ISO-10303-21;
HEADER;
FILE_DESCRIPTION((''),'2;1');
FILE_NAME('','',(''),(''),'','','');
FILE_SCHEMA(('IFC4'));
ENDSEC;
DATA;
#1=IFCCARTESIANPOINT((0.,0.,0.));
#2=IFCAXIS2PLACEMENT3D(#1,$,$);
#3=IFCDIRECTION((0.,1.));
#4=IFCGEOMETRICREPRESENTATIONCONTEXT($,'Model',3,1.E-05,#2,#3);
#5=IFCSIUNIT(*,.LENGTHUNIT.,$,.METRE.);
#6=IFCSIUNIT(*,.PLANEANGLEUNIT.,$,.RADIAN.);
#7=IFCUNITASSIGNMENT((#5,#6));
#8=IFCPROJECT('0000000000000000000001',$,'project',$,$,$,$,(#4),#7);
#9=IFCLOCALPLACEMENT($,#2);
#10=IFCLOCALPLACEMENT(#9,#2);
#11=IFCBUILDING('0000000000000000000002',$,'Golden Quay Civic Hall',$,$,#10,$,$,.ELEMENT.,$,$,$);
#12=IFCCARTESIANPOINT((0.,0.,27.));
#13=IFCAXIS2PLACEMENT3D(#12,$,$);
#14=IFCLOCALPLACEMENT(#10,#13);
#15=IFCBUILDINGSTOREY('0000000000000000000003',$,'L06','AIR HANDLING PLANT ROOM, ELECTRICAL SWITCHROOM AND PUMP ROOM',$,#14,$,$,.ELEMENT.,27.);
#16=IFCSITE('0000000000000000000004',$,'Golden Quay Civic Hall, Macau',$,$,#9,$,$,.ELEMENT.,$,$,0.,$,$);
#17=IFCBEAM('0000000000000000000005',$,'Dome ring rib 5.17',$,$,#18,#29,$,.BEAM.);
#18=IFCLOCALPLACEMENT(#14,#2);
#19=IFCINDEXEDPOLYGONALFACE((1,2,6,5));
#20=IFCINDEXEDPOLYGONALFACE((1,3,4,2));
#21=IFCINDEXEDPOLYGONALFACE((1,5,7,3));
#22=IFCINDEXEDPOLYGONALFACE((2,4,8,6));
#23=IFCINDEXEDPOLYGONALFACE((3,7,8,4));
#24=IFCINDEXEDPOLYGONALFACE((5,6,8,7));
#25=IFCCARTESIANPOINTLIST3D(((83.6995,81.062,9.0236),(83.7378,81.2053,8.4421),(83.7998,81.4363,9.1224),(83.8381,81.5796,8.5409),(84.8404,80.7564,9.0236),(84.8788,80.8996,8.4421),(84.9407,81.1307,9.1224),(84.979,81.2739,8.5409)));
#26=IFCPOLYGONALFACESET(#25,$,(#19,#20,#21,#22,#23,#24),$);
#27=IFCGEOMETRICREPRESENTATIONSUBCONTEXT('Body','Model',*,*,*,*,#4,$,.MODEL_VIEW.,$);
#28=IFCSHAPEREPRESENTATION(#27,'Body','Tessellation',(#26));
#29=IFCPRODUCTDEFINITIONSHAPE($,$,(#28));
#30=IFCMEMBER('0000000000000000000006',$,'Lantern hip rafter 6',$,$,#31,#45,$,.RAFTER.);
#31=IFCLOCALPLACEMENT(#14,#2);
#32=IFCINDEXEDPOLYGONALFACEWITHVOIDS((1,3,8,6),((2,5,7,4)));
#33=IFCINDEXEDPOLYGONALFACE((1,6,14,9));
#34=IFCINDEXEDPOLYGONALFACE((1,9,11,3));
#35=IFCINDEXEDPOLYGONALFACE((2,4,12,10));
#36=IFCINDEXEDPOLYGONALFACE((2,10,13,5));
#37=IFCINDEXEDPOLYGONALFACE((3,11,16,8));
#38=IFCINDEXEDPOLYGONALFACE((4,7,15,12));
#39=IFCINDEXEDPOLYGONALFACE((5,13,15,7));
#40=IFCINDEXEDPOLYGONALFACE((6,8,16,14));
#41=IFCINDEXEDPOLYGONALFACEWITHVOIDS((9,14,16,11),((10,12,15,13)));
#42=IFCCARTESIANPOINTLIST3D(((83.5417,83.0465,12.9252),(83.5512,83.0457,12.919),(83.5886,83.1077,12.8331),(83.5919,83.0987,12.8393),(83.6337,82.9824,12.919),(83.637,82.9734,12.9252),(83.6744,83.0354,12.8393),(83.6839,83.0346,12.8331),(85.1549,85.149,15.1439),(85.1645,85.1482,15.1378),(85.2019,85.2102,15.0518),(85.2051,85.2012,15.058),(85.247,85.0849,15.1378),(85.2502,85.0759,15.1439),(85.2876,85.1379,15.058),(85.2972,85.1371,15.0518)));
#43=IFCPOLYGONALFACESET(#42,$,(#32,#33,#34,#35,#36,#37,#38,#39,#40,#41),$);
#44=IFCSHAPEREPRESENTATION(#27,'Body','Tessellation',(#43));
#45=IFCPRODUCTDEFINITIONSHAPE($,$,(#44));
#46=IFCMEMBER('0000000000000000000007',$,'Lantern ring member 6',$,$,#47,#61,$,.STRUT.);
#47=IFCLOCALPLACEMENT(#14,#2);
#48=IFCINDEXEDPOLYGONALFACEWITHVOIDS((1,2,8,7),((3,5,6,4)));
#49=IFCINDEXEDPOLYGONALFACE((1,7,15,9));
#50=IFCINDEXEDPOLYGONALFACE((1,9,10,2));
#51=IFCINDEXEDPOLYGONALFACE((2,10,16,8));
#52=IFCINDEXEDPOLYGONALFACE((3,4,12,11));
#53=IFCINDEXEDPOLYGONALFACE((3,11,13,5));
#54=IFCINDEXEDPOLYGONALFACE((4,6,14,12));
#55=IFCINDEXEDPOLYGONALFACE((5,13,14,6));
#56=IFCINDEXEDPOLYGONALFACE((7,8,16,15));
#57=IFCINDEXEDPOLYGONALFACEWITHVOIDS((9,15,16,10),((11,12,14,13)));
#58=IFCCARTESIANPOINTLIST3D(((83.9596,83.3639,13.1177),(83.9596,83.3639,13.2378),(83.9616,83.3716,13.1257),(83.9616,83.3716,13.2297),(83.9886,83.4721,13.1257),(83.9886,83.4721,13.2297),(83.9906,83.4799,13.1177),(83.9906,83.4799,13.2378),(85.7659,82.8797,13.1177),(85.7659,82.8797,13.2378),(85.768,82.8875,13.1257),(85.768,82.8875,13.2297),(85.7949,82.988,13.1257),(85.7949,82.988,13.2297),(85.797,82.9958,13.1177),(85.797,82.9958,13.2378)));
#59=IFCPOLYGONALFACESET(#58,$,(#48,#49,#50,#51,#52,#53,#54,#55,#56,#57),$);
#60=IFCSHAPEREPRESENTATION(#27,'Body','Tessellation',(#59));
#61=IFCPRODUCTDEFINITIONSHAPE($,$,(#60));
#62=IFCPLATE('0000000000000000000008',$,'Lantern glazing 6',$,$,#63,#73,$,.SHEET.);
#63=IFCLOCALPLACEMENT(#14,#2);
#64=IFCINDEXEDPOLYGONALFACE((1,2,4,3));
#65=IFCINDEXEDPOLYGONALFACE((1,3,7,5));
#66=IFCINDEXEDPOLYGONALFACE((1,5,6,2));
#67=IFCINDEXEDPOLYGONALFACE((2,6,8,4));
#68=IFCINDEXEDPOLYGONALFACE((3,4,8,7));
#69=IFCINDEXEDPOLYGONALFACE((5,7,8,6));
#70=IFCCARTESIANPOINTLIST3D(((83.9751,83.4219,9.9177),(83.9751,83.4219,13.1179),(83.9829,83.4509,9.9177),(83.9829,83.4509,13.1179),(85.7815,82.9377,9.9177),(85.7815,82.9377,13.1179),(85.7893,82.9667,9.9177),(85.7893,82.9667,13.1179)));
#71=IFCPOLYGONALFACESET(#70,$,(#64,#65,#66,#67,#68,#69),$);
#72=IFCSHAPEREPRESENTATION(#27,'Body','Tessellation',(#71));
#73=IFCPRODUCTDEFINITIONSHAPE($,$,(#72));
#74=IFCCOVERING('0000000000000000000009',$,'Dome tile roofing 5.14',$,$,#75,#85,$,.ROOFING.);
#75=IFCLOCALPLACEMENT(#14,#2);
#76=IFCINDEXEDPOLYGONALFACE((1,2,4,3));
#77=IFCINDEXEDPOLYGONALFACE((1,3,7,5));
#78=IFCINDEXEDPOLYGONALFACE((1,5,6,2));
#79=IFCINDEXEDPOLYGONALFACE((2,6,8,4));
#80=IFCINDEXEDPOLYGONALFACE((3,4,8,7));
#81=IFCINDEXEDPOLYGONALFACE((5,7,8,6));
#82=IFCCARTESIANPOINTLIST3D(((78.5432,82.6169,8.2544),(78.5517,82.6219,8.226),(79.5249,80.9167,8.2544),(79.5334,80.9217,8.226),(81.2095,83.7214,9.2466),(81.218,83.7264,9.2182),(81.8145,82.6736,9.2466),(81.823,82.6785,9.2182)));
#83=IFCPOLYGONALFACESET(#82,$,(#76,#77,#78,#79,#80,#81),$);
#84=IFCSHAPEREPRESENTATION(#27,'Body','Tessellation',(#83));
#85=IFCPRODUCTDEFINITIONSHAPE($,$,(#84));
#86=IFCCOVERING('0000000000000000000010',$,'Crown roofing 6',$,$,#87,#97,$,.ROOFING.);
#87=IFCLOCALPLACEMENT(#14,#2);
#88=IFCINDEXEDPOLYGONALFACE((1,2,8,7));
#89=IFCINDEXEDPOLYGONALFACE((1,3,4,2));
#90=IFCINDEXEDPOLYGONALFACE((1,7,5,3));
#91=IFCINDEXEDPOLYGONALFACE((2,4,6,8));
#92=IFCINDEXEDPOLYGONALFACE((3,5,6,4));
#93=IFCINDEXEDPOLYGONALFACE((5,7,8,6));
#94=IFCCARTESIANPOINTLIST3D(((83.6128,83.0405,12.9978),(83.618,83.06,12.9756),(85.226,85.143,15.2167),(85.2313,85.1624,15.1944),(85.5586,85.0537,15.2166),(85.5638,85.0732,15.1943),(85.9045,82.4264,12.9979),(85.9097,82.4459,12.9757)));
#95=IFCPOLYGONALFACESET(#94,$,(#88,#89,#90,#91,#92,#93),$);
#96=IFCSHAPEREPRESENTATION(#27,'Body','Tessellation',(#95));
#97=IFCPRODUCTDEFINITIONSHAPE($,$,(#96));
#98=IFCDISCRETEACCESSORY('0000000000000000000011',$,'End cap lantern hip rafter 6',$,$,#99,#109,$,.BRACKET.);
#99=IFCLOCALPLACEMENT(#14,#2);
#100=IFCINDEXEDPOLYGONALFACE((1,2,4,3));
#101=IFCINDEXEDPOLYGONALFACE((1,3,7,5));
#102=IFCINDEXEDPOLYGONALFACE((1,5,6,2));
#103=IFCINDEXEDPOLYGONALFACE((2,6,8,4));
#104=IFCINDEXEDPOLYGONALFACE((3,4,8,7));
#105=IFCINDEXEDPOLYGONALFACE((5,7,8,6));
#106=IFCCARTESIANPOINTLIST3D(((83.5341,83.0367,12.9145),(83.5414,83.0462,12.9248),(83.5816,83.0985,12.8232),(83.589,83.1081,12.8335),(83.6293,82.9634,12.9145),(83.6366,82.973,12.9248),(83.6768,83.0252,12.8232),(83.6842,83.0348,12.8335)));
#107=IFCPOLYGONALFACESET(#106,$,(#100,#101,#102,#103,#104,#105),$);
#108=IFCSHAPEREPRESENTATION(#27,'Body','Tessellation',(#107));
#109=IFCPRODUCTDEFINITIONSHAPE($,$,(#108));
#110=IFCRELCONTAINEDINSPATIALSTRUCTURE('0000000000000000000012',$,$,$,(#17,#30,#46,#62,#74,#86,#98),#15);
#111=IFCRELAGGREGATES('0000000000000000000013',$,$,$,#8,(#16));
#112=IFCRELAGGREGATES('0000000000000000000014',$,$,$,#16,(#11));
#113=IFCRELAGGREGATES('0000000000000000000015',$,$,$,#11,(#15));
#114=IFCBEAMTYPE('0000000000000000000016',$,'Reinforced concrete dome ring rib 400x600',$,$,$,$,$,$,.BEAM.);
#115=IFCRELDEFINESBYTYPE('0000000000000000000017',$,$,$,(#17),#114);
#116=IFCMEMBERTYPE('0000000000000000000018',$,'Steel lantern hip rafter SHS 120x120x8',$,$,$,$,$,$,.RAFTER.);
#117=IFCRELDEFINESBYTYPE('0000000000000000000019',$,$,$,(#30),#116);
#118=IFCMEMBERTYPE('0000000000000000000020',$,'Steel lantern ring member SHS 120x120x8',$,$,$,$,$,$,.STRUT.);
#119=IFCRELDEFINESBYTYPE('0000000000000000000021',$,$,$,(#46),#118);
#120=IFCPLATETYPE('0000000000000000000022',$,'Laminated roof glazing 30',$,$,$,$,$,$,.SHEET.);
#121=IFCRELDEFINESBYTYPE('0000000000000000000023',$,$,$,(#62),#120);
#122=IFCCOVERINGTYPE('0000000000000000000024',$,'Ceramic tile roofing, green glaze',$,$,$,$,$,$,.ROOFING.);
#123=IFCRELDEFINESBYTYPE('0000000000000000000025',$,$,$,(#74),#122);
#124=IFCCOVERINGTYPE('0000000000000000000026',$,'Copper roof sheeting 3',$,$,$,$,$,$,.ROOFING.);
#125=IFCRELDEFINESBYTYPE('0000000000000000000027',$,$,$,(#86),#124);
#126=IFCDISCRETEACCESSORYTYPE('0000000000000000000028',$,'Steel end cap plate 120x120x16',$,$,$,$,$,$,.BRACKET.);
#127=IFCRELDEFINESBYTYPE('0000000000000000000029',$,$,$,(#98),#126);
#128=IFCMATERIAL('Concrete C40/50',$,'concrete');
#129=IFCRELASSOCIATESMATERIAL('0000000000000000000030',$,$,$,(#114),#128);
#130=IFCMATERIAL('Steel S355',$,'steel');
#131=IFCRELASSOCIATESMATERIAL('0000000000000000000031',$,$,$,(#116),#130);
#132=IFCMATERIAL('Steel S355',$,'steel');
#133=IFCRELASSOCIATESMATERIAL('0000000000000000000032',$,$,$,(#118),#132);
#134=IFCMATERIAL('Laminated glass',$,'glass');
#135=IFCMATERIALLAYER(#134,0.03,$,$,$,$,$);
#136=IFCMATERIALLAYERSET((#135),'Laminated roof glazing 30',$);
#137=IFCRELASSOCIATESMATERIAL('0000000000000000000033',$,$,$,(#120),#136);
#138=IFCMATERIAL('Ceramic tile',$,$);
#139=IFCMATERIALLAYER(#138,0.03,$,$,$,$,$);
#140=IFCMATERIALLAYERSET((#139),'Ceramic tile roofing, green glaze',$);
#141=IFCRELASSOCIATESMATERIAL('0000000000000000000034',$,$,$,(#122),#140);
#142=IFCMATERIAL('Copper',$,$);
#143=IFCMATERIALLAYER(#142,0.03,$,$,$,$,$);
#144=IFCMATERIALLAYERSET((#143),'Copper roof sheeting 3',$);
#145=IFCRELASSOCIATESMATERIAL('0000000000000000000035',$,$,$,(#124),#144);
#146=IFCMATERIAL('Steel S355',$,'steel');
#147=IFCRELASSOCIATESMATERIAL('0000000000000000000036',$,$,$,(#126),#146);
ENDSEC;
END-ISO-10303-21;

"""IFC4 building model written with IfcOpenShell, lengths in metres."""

from ifc_helpers import new_model, si_unit, direction, frame, origin, origin_2d, place, context, subcontext, project, spatial, polyline, rectangle, hollow_rectangle, outline, extrude, material, layer, layer_set, material_profile, profile_set, type_object, element, save


model = new_model("IFC4")

# Units and contexts
model_context = context("Model", 3, precision=1e-05, world=origin(), true_north=direction((0.0, 1.0)))
body_context = subcontext(model_context, "Body", "Model", "MODEL_VIEW")
ifc_project = project(units=[si_unit("LENGTHUNIT", "METRE"), si_unit("PLANEANGLEUNIT", "RADIAN")], contexts=[model_context])

# Site, building, storey
site_placement = place(None, origin())
site = spatial("IfcSite", under=ifc_project, at=site_placement, Name="Golden Quay Civic Hall, Macau", CompositionType="ELEMENT", RefElevation=0.0)
building_placement = place(site_placement, origin())
building = spatial("IfcBuilding", under=site, at=building_placement, Name="Golden Quay Civic Hall", CompositionType="ELEMENT")
storey_placement = place(building_placement, frame((0.0, 0.0, 27.0)))
storey = spatial("IfcBuildingStorey", under=building, at=storey_placement, Name="L06", Description="AIR HANDLING PLANT ROOM, ELECTRICAL SWITCHROOM AND PUMP ROOM", CompositionType="ELEMENT", Elevation=27.0)

# Beam
ifc_material_1 = material(Name="Concrete C40/50", Category="concrete")
ifc_material_profile_1 = material_profile(ifc_material_1, rectangle(XDim=0.3999, YDim=0.6001, at=origin_2d()), Name="RC 400x600")
ifc_profile_set_1 = profile_set([ifc_material_profile_1], Name="Concrete C40/50")
beam_type_1 = type_object("IfcBeamType", Name="Reinforced concrete dome ring rib 400x600", PredefinedType="BEAM", material=ifc_profile_set_1)
beam_1_placement = place(storey_placement, frame((83.7688, 81.3208, 8.7822), z_axis=(0.965932, -0.258795, 0.0), x_axis=(0.25077, 0.93598, 0.247094)))
element("IfcBeam", 1, at=beam_1_placement, inside=storey, type_object=beam_type_1, Name="Dome ring rib 5.17", PredefinedType="BEAM", context=body_context, shape_type="SweptSolid", body=[
    extrude(rectangle(XDim=0.3999, YDim=0.6001, at=origin_2d()), origin(), (0.0, 0.0, 1.0), 1.1812),
])

# Members
ifc_material_2 = material(Name="Steel S355", Category="steel")
ifc_material_profile_2 = material_profile(ifc_material_2, hollow_rectangle(XDim=0.1201, YDim=0.1201, WallThickness=0.0081, at=origin_2d()), Name="SHS 120x120x8")
ifc_profile_set_2 = profile_set([ifc_material_profile_2], Name="Steel S355")
member_type_1 = type_object("IfcMemberType", Name="Steel lantern hip rafter SHS 120x120x8", PredefinedType="RAFTER", material=ifc_profile_set_2)
member_1_placement = place(storey_placement, frame((83.6128, 83.0405, 12.8792), z_axis=(0.466762, 0.608316, 0.641939), x_axis=(-0.793363, 0.608749, 0.0)))
element("IfcMember", 2, at=member_1_placement, inside=storey, type_object=member_type_1, Name="Lantern hip rafter 6", PredefinedType="RAFTER", context=body_context, shape_type="SweptSolid", body=[
    extrude(hollow_rectangle(XDim=0.1201, YDim=0.1201, WallThickness=0.0081, at=origin_2d()), origin(), (0.0, 0.0, 1.0), 3.4563),
])
ifc_material_3 = material(Name="Steel S355", Category="steel")
ifc_material_profile_3 = material_profile(ifc_material_3, hollow_rectangle(XDim=0.1201, YDim=0.1201, WallThickness=0.0081, at=origin_2d()), Name="SHS 120x120x8")
ifc_profile_set_3 = profile_set([ifc_material_profile_3], Name="Steel S355")
member_type_2 = type_object("IfcMemberType", Name="Steel lantern ring member SHS 120x120x8", PredefinedType="STRUT", material=ifc_profile_set_3)
member_2_placement = place(storey_placement, frame((83.9751, 83.4219, 13.1777), z_axis=(0.965911, -0.258873, 0.0), x_axis=(0.258873, 0.965911, 0.0)))
element("IfcMember", 3, at=member_2_placement, inside=storey, type_object=member_type_2, Name="Lantern ring member 6", PredefinedType="STRUT", context=body_context, shape_type="SweptSolid", body=[
    extrude(hollow_rectangle(XDim=0.1201, YDim=0.1201, WallThickness=0.0081, at=origin_2d()), origin(), (0.0, 0.0, 1.0), 1.8701),
])

# Plate
ifc_material_4 = material(Name="Laminated glass", Category="glass")
ifc_layer_1 = layer(ifc_material_4, 0.03)
ifc_layer_set_1 = layer_set([ifc_layer_1], Name="Laminated roof glazing 30")
plate_type = type_object("IfcPlateType", Name="Laminated roof glazing 30", PredefinedType="SHEET", material=ifc_layer_set_1)
plate_placement = place(storey_placement, frame((83.9751, 83.4219, 9.9177), z_axis=(-0.258873, -0.965911, 0.0), x_axis=(0.965911, -0.258873, 0.0)))
element("IfcPlate", 4, at=plate_placement, inside=storey, type_object=plate_type, Name="Lantern glazing 6", PredefinedType="SHEET", context=body_context, shape_type="SweptSolid", body=[
    extrude(outline(polyline([(0.0, 0.0), (1.8701, 0.0), (1.8701, 3.2002), (0.0, 3.2002), (0.0, 0.0)])), origin(), (0.0, 0.0, -1.0), 0.03),
])

# Coverings
ifc_material_5 = material(Name="Ceramic tile")
ifc_layer_2 = layer(ifc_material_5, 0.03)
ifc_layer_set_2 = layer_set([ifc_layer_2], Name="Ceramic tile roofing, green glaze")
covering_type_1 = type_object("IfcCoveringType", Name="Ceramic tile roofing, green glaze", PredefinedType="ROOFING", material=ifc_layer_set_2)
covering_1_placement = place(storey_placement, frame((78.5432, 82.6169, 8.2544), z_axis=(-0.283729, -0.16382, 0.944807), x_axis=(0.50003, -0.866008, 0.000004)))
element("IfcCovering", 5, at=covering_1_placement, inside=storey, type_object=covering_type_1, Name="Dome tile roofing 5.14", PredefinedType="ROOFING", context=body_context, shape_type="SweptSolid", body=[
    extrude(outline(polyline([(0.0, 0.0), (1.9633, 0.0), (1.5867, 3.0284), (0.3767, 3.0284), (0.0, 0.0)])), origin(), (0.0, 0.0, -1.0), 0.03),
])
ifc_material_6 = material(Name="Copper")
ifc_layer_3 = layer(ifc_material_6, 0.03)
ifc_layer_set_3 = layer_set([ifc_layer_3], Name="Copper roof sheeting 3")
covering_type_2 = type_object("IfcCoveringType", Name="Copper roof sheeting 3", PredefinedType="ROOFING", material=ifc_layer_set_3)
covering_2_placement = place(storey_placement, frame((83.6128, 83.0405, 12.9978), z_axis=(-0.173847, -0.648623, 0.740989), x_axis=(0.965921, -0.258837, 0.000047)))
element("IfcCovering", 6, at=covering_2_placement, inside=storey, type_object=covering_type_2, Name="Crown roofing 6", PredefinedType="ROOFING", context=body_context, shape_type="SweptSolid", body=[
    extrude(outline(polyline([(0.0, 0.0), (2.3726, 0.0), (1.3585, 3.304), (1.0142, 3.3042), (0.0, 0.0)])), origin(), (0.0, 0.0, -1.0), 0.03),
])

# Discrete accessory
ifc_material_7 = material(Name="Steel S355", Category="steel")
ifc_material_profile_4 = material_profile(ifc_material_7, rectangle(XDim=0.1201, YDim=0.1201, at=origin_2d()), Name="Steel end cap plate 120x120x16")
ifc_profile_set_4 = profile_set([ifc_material_profile_4], Name="Steel S355")
discrete_accessory_type = type_object("IfcDiscreteAccessoryType", Name="Steel end cap plate 120x120x16", PredefinedType="BRACKET", material=ifc_profile_set_4)
discrete_accessory_placement = place(storey_placement, frame((83.6128, 83.0405, 12.8792), z_axis=(-0.463739, -0.602861, -0.649234), x_axis=(0.792624, -0.609711, 0.0)))
element("IfcDiscreteAccessory", 7, at=discrete_accessory_placement, inside=storey, type_object=discrete_accessory_type, Name="End cap lantern hip rafter 6", PredefinedType="BRACKET", context=body_context, shape_type="SweptSolid", body=[
    extrude(rectangle(XDim=0.1201, YDim=0.1201, at=origin_2d()), origin(), (0.0, 0.0, 1.0), 0.0159),
])

save(model, "model.ifc")
